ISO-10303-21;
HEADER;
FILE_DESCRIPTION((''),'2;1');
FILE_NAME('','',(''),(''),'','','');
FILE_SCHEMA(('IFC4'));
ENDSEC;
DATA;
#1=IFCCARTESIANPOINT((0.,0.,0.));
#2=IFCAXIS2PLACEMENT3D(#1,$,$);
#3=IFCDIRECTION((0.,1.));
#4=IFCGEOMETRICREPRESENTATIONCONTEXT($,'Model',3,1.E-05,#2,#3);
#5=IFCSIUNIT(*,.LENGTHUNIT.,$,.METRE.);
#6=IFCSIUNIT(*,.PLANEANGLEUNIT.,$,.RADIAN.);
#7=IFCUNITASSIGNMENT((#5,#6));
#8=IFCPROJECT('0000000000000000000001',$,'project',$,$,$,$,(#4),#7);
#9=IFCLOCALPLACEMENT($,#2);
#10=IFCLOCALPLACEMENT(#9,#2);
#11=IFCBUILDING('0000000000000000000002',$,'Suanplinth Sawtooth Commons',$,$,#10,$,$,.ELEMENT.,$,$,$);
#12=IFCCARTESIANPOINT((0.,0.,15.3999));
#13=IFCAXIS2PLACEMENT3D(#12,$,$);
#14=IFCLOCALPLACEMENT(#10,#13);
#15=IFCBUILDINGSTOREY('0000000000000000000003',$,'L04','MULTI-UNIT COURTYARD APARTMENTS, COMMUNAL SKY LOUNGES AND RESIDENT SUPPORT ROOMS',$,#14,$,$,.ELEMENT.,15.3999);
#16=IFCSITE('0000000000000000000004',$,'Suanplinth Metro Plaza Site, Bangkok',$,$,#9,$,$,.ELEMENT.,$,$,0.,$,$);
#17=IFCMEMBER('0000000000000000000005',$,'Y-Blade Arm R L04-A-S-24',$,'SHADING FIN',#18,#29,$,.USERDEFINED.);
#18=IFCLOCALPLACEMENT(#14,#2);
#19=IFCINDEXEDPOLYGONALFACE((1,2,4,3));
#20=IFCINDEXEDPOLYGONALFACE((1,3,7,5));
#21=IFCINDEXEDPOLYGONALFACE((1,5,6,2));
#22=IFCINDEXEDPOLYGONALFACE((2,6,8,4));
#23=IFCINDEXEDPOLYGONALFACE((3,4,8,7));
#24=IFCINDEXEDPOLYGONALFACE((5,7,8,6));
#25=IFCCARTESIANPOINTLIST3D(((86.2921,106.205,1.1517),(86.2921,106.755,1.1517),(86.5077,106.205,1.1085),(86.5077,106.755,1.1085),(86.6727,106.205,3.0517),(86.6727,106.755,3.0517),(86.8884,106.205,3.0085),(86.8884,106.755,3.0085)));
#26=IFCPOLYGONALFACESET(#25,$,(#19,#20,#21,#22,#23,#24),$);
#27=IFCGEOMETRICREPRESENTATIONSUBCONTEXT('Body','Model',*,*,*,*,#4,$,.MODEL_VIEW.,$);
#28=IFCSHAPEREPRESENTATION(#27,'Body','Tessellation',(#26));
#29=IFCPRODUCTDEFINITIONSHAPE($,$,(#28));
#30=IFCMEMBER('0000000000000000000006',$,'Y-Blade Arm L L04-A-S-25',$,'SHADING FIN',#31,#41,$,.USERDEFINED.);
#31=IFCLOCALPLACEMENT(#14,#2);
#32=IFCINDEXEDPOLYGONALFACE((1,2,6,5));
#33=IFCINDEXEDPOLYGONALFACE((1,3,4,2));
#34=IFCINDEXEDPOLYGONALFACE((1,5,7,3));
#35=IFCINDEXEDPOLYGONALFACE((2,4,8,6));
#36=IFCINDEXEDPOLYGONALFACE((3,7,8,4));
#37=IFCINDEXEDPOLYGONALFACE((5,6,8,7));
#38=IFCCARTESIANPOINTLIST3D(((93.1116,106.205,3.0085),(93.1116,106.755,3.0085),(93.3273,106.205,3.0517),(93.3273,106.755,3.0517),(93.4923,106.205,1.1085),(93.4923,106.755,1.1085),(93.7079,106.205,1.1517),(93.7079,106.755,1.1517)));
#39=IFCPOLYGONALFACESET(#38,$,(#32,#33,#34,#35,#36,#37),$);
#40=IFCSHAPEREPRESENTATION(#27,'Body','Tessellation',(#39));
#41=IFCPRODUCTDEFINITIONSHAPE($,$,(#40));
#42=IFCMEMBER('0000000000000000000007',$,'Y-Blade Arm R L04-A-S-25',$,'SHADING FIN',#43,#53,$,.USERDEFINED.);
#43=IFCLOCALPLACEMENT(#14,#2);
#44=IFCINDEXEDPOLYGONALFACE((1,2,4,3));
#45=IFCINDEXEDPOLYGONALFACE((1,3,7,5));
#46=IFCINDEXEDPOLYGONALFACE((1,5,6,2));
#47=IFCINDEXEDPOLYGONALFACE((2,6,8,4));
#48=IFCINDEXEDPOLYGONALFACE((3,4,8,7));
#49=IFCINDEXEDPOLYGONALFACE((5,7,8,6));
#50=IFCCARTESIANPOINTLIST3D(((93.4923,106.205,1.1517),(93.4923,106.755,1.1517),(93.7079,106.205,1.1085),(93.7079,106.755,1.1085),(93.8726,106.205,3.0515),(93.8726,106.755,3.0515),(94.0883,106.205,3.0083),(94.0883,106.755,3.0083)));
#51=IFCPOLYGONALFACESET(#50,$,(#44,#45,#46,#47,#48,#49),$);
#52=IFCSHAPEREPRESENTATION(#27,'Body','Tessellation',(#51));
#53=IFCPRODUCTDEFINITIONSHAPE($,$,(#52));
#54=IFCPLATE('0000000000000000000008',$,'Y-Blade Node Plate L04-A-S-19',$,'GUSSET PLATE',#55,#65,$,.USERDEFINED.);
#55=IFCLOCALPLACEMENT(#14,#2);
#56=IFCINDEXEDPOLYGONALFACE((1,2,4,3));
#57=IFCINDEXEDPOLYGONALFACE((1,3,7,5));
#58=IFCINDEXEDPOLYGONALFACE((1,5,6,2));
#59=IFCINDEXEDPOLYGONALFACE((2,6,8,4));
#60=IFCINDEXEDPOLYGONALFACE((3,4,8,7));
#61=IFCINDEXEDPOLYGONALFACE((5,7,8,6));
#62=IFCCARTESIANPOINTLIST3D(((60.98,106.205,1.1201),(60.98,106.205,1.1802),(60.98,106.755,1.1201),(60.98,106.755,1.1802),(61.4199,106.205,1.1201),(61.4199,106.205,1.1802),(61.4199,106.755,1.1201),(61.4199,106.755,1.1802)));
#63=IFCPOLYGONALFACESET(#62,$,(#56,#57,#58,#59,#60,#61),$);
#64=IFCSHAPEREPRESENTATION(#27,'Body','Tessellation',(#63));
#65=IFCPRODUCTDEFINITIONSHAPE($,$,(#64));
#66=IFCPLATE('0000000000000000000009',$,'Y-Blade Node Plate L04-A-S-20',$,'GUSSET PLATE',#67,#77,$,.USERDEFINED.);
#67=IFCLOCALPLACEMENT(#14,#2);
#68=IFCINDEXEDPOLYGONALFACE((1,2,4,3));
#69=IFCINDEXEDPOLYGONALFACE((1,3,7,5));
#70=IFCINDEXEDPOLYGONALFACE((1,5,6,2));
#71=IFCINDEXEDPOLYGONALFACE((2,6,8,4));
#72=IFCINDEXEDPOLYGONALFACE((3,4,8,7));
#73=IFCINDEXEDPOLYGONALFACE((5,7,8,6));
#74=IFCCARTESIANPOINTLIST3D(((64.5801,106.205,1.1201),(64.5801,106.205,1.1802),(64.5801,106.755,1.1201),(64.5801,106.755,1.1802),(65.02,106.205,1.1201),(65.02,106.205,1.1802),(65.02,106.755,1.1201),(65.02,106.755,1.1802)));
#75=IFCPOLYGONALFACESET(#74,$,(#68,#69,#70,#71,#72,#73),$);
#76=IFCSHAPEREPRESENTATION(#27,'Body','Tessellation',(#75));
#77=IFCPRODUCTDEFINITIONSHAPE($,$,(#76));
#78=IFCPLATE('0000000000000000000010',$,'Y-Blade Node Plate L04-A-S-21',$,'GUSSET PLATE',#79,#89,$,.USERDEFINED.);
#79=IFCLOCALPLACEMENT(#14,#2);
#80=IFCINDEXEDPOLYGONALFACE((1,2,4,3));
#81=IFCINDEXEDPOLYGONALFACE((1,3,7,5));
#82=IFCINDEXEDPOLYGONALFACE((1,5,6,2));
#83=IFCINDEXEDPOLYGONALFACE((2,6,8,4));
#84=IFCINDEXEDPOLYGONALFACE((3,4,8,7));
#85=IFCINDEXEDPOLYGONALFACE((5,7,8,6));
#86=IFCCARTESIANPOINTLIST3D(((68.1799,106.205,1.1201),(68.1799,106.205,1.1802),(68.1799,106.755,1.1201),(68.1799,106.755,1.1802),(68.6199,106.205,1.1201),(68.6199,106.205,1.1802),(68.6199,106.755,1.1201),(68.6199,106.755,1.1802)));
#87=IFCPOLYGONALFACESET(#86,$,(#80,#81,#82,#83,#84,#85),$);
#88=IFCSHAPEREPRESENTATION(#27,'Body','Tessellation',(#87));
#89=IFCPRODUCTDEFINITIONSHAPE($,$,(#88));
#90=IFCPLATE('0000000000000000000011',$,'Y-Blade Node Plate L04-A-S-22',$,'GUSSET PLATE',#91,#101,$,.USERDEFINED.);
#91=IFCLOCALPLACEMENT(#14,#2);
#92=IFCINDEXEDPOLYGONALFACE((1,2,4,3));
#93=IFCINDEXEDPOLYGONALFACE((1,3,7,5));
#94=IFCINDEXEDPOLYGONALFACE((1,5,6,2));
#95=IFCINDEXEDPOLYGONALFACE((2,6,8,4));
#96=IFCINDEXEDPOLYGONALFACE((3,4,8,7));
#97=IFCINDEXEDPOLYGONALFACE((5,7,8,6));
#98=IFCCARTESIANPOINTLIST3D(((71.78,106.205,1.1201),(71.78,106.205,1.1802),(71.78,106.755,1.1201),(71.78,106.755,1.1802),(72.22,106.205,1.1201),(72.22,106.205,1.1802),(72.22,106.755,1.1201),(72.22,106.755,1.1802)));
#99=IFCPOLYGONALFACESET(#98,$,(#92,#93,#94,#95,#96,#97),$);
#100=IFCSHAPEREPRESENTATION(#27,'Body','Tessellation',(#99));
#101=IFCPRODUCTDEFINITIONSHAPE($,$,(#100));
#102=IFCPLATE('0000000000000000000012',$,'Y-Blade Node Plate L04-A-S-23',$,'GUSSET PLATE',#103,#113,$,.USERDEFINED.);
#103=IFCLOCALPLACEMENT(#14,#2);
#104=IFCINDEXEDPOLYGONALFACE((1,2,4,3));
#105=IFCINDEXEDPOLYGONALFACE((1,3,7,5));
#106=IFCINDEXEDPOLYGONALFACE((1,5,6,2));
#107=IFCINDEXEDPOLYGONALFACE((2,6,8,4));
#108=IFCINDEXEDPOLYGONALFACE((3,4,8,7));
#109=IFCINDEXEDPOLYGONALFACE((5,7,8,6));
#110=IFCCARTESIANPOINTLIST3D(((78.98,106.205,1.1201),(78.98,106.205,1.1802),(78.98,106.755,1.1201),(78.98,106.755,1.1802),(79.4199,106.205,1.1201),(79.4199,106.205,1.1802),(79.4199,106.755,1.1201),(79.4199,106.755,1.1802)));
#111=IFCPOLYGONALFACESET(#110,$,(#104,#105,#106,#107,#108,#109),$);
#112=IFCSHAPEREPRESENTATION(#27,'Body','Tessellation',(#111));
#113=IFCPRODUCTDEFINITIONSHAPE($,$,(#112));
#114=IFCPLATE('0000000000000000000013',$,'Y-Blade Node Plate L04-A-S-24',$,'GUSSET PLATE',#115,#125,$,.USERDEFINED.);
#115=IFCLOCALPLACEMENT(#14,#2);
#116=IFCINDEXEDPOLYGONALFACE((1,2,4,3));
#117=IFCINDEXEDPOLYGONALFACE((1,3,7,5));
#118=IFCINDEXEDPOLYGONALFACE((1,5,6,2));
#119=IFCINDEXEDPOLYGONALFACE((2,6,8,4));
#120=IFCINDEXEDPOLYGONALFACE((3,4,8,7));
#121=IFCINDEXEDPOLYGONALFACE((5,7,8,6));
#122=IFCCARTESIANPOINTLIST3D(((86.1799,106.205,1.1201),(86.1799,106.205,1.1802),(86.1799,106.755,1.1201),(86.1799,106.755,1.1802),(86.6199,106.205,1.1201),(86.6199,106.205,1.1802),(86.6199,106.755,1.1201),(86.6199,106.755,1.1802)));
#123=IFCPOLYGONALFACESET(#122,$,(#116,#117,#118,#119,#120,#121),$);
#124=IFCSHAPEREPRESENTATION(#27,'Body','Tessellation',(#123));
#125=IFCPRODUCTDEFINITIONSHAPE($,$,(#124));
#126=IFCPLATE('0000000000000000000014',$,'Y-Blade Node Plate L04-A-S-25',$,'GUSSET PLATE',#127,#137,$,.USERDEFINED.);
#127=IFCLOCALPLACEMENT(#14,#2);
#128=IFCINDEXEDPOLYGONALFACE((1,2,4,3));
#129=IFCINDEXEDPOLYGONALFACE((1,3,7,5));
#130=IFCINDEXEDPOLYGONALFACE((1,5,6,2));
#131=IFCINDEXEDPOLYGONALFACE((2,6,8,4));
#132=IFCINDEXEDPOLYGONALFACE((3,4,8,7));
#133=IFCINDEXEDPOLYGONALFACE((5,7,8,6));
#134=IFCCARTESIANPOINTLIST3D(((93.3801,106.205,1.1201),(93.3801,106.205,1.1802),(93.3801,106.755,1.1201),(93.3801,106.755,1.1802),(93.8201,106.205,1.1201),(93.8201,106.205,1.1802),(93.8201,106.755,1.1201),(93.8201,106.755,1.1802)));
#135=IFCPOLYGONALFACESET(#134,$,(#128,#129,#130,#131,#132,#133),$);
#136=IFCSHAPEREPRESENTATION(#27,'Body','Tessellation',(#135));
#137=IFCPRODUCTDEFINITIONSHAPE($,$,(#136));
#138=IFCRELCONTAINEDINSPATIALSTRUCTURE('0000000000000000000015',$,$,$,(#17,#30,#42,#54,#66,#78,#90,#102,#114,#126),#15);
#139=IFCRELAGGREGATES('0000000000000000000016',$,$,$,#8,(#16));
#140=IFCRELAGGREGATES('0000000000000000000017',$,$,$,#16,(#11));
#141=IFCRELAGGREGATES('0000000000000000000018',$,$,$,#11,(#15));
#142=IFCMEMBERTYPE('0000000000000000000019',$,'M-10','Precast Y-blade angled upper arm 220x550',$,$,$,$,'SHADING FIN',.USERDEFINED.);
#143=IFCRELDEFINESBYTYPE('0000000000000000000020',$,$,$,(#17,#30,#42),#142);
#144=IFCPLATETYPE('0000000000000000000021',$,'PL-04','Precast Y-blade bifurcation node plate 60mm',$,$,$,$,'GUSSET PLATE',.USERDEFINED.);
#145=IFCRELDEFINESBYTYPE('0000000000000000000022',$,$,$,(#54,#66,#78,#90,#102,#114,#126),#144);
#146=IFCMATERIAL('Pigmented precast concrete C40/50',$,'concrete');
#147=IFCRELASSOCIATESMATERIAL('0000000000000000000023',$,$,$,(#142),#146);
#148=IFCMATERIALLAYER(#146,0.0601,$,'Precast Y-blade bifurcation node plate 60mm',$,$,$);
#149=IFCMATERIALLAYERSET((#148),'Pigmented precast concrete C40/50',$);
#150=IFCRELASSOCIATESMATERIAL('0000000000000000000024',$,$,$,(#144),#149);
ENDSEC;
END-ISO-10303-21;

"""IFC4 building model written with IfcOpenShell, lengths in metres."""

from ifc_helpers import new_model, si_unit, direction, frame, origin, origin_2d, place, context, subcontext, project, spatial, rectangle, extrude, material, layer, layer_set, material_profile, profile_set, type_object, element, save


model = new_model("IFC4")

# Units and contexts
model_context = context("Model", 3, precision=1e-05, world=origin(), true_north=direction((0.0, 1.0)))
body_context = subcontext(model_context, "Body", "Model", "MODEL_VIEW")
ifc_project = project(units=[si_unit("LENGTHUNIT", "METRE"), si_unit("PLANEANGLEUNIT", "RADIAN")], contexts=[model_context])

# Site, building, storey
site_placement = place(None, origin())
site = spatial("IfcSite", under=ifc_project, at=site_placement, Name="Suanplinth Metro Plaza Site, Bangkok", CompositionType="ELEMENT", RefElevation=0.0)
building_placement = place(site_placement, origin())
building = spatial("IfcBuilding", under=site, at=building_placement, Name="Suanplinth Sawtooth Commons", CompositionType="ELEMENT")
storey_placement = place(building_placement, frame((0.0, 0.0, 15.3999)))
storey = spatial("IfcBuildingStorey", under=building, at=storey_placement, Name="L04", Description="MULTI-UNIT COURTYARD APARTMENTS, COMMUNAL SKY LOUNGES AND RESIDENT SUPPORT ROOMS", CompositionType="ELEMENT", Elevation=15.3999)

# Members
ifc_material = material(Name="Pigmented precast concrete C40/50", Category="concrete")
ifc_material_profile_1 = material_profile(ifc_material, rectangle(XDim=0.22, YDim=0.55, at=origin_2d()), Name="PC-FIN 220x550")
ifc_profile_set_1 = profile_set([ifc_material_profile_1], Name="Pigmented precast concrete C40/50")
member_type_1 = type_object("IfcMemberType", Name="M-10", Description="Precast Y-blade angled upper arm 220x550", ElementType="SHADING FIN", PredefinedType="USERDEFINED", material=ifc_profile_set_1)
for number, where, z_axis, x_axis, name in (
    (1, (86.3999, 106.48, 1.1301), (0.196431, 0.0, 0.980518), (-0.980518, 0.0, 0.196431), "Y-Blade Arm R L04-A-S-24"),
    (2, (93.6001, 106.48, 1.1301), (-0.196431, 0.0, 0.980518), (0.980518, 0.0, 0.196431), "Y-Blade Arm L L04-A-S-25"),
):
    element("IfcMember", number, at=place(storey_placement, frame(where, z_axis=z_axis, x_axis=x_axis)), inside=storey, type_object=member_type_1, Name=name, ObjectType="SHADING FIN", PredefinedType="USERDEFINED", context=body_context, shape_type="SweptSolid", body=[
        extrude(rectangle(XDim=0.22, YDim=0.55, at=origin_2d()), origin(), (0.0, 0.0, 1.0), 1.9377),
    ])
member_1_placement = place(storey_placement, frame((93.6001, 106.48, 1.1301), z_axis=(0.19631, 0.0, 0.980542), x_axis=(-0.980542, 0.0, 0.19631)))
element("IfcMember", 3, at=member_1_placement, inside=storey, type_object=member_type_1, Name="Y-Blade Arm R L04-A-S-25", ObjectType="SHADING FIN", PredefinedType="USERDEFINED", context=body_context, shape_type="SweptSolid", body=[
    extrude(rectangle(XDim=0.22, YDim=0.55, at=origin_2d()), origin(), (0.0, 0.0, 1.0), 1.9375),
])

# Plates
ifc_layer = layer(ifc_material, 0.0601, Name="Precast Y-blade bifurcation node plate 60mm")
ifc_layer_set = layer_set([ifc_layer], Name="Pigmented precast concrete C40/50")
plate_type = type_object("IfcPlateType", Name="PL-04", Description="Precast Y-blade bifurcation node plate 60mm", ElementType="GUSSET PLATE", PredefinedType="USERDEFINED", material=ifc_layer_set)
for number, where, z_axis, x_axis, name in (
    (4, (61.2, 106.48, 1.1201), (0.0, 0.0, 1.0), (1.0, 0.0, 0.0), "Y-Blade Node Plate L04-A-S-19"),
    (5, (64.8, 106.48, 1.1201), (0.0, 0.0, 1.0), (1.0, 0.0, 0.0), "Y-Blade Node Plate L04-A-S-20"),
    (6, (68.3999, 106.48, 1.1201), (0.0, 0.0, 1.0), (1.0, 0.0, 0.0), "Y-Blade Node Plate L04-A-S-21"),
    (7, (72.0, 106.48, 1.1201), (0.0, 0.0, 1.0), (1.0, 0.0, 0.0), "Y-Blade Node Plate L04-A-S-22"),
    (8, (79.2, 106.48, 1.1201), (0.0, 0.0, 1.0), (1.0, 0.0, 0.0), "Y-Blade Node Plate L04-A-S-23"),
    (9, (86.3999, 106.48, 1.1201), (0.0, 0.0, 1.0), (1.0, 0.0, 0.0), "Y-Blade Node Plate L04-A-S-24"),
    (10, (93.6001, 106.48, 1.1201), (0.0, 0.0, 1.0), (1.0, 0.0, 0.0), "Y-Blade Node Plate L04-A-S-25"),
):
    element("IfcPlate", number, at=place(storey_placement, frame(where, z_axis=z_axis, x_axis=x_axis)), inside=storey, type_object=plate_type, Name=name, ObjectType="GUSSET PLATE", PredefinedType="USERDEFINED", context=body_context, shape_type="SweptSolid", body=[
        extrude(rectangle(XDim=0.4399, YDim=0.55, at=origin_2d()), origin(), (0.0, 0.0, 1.0), 0.0601),
    ])

save(model, "model.ifc")
